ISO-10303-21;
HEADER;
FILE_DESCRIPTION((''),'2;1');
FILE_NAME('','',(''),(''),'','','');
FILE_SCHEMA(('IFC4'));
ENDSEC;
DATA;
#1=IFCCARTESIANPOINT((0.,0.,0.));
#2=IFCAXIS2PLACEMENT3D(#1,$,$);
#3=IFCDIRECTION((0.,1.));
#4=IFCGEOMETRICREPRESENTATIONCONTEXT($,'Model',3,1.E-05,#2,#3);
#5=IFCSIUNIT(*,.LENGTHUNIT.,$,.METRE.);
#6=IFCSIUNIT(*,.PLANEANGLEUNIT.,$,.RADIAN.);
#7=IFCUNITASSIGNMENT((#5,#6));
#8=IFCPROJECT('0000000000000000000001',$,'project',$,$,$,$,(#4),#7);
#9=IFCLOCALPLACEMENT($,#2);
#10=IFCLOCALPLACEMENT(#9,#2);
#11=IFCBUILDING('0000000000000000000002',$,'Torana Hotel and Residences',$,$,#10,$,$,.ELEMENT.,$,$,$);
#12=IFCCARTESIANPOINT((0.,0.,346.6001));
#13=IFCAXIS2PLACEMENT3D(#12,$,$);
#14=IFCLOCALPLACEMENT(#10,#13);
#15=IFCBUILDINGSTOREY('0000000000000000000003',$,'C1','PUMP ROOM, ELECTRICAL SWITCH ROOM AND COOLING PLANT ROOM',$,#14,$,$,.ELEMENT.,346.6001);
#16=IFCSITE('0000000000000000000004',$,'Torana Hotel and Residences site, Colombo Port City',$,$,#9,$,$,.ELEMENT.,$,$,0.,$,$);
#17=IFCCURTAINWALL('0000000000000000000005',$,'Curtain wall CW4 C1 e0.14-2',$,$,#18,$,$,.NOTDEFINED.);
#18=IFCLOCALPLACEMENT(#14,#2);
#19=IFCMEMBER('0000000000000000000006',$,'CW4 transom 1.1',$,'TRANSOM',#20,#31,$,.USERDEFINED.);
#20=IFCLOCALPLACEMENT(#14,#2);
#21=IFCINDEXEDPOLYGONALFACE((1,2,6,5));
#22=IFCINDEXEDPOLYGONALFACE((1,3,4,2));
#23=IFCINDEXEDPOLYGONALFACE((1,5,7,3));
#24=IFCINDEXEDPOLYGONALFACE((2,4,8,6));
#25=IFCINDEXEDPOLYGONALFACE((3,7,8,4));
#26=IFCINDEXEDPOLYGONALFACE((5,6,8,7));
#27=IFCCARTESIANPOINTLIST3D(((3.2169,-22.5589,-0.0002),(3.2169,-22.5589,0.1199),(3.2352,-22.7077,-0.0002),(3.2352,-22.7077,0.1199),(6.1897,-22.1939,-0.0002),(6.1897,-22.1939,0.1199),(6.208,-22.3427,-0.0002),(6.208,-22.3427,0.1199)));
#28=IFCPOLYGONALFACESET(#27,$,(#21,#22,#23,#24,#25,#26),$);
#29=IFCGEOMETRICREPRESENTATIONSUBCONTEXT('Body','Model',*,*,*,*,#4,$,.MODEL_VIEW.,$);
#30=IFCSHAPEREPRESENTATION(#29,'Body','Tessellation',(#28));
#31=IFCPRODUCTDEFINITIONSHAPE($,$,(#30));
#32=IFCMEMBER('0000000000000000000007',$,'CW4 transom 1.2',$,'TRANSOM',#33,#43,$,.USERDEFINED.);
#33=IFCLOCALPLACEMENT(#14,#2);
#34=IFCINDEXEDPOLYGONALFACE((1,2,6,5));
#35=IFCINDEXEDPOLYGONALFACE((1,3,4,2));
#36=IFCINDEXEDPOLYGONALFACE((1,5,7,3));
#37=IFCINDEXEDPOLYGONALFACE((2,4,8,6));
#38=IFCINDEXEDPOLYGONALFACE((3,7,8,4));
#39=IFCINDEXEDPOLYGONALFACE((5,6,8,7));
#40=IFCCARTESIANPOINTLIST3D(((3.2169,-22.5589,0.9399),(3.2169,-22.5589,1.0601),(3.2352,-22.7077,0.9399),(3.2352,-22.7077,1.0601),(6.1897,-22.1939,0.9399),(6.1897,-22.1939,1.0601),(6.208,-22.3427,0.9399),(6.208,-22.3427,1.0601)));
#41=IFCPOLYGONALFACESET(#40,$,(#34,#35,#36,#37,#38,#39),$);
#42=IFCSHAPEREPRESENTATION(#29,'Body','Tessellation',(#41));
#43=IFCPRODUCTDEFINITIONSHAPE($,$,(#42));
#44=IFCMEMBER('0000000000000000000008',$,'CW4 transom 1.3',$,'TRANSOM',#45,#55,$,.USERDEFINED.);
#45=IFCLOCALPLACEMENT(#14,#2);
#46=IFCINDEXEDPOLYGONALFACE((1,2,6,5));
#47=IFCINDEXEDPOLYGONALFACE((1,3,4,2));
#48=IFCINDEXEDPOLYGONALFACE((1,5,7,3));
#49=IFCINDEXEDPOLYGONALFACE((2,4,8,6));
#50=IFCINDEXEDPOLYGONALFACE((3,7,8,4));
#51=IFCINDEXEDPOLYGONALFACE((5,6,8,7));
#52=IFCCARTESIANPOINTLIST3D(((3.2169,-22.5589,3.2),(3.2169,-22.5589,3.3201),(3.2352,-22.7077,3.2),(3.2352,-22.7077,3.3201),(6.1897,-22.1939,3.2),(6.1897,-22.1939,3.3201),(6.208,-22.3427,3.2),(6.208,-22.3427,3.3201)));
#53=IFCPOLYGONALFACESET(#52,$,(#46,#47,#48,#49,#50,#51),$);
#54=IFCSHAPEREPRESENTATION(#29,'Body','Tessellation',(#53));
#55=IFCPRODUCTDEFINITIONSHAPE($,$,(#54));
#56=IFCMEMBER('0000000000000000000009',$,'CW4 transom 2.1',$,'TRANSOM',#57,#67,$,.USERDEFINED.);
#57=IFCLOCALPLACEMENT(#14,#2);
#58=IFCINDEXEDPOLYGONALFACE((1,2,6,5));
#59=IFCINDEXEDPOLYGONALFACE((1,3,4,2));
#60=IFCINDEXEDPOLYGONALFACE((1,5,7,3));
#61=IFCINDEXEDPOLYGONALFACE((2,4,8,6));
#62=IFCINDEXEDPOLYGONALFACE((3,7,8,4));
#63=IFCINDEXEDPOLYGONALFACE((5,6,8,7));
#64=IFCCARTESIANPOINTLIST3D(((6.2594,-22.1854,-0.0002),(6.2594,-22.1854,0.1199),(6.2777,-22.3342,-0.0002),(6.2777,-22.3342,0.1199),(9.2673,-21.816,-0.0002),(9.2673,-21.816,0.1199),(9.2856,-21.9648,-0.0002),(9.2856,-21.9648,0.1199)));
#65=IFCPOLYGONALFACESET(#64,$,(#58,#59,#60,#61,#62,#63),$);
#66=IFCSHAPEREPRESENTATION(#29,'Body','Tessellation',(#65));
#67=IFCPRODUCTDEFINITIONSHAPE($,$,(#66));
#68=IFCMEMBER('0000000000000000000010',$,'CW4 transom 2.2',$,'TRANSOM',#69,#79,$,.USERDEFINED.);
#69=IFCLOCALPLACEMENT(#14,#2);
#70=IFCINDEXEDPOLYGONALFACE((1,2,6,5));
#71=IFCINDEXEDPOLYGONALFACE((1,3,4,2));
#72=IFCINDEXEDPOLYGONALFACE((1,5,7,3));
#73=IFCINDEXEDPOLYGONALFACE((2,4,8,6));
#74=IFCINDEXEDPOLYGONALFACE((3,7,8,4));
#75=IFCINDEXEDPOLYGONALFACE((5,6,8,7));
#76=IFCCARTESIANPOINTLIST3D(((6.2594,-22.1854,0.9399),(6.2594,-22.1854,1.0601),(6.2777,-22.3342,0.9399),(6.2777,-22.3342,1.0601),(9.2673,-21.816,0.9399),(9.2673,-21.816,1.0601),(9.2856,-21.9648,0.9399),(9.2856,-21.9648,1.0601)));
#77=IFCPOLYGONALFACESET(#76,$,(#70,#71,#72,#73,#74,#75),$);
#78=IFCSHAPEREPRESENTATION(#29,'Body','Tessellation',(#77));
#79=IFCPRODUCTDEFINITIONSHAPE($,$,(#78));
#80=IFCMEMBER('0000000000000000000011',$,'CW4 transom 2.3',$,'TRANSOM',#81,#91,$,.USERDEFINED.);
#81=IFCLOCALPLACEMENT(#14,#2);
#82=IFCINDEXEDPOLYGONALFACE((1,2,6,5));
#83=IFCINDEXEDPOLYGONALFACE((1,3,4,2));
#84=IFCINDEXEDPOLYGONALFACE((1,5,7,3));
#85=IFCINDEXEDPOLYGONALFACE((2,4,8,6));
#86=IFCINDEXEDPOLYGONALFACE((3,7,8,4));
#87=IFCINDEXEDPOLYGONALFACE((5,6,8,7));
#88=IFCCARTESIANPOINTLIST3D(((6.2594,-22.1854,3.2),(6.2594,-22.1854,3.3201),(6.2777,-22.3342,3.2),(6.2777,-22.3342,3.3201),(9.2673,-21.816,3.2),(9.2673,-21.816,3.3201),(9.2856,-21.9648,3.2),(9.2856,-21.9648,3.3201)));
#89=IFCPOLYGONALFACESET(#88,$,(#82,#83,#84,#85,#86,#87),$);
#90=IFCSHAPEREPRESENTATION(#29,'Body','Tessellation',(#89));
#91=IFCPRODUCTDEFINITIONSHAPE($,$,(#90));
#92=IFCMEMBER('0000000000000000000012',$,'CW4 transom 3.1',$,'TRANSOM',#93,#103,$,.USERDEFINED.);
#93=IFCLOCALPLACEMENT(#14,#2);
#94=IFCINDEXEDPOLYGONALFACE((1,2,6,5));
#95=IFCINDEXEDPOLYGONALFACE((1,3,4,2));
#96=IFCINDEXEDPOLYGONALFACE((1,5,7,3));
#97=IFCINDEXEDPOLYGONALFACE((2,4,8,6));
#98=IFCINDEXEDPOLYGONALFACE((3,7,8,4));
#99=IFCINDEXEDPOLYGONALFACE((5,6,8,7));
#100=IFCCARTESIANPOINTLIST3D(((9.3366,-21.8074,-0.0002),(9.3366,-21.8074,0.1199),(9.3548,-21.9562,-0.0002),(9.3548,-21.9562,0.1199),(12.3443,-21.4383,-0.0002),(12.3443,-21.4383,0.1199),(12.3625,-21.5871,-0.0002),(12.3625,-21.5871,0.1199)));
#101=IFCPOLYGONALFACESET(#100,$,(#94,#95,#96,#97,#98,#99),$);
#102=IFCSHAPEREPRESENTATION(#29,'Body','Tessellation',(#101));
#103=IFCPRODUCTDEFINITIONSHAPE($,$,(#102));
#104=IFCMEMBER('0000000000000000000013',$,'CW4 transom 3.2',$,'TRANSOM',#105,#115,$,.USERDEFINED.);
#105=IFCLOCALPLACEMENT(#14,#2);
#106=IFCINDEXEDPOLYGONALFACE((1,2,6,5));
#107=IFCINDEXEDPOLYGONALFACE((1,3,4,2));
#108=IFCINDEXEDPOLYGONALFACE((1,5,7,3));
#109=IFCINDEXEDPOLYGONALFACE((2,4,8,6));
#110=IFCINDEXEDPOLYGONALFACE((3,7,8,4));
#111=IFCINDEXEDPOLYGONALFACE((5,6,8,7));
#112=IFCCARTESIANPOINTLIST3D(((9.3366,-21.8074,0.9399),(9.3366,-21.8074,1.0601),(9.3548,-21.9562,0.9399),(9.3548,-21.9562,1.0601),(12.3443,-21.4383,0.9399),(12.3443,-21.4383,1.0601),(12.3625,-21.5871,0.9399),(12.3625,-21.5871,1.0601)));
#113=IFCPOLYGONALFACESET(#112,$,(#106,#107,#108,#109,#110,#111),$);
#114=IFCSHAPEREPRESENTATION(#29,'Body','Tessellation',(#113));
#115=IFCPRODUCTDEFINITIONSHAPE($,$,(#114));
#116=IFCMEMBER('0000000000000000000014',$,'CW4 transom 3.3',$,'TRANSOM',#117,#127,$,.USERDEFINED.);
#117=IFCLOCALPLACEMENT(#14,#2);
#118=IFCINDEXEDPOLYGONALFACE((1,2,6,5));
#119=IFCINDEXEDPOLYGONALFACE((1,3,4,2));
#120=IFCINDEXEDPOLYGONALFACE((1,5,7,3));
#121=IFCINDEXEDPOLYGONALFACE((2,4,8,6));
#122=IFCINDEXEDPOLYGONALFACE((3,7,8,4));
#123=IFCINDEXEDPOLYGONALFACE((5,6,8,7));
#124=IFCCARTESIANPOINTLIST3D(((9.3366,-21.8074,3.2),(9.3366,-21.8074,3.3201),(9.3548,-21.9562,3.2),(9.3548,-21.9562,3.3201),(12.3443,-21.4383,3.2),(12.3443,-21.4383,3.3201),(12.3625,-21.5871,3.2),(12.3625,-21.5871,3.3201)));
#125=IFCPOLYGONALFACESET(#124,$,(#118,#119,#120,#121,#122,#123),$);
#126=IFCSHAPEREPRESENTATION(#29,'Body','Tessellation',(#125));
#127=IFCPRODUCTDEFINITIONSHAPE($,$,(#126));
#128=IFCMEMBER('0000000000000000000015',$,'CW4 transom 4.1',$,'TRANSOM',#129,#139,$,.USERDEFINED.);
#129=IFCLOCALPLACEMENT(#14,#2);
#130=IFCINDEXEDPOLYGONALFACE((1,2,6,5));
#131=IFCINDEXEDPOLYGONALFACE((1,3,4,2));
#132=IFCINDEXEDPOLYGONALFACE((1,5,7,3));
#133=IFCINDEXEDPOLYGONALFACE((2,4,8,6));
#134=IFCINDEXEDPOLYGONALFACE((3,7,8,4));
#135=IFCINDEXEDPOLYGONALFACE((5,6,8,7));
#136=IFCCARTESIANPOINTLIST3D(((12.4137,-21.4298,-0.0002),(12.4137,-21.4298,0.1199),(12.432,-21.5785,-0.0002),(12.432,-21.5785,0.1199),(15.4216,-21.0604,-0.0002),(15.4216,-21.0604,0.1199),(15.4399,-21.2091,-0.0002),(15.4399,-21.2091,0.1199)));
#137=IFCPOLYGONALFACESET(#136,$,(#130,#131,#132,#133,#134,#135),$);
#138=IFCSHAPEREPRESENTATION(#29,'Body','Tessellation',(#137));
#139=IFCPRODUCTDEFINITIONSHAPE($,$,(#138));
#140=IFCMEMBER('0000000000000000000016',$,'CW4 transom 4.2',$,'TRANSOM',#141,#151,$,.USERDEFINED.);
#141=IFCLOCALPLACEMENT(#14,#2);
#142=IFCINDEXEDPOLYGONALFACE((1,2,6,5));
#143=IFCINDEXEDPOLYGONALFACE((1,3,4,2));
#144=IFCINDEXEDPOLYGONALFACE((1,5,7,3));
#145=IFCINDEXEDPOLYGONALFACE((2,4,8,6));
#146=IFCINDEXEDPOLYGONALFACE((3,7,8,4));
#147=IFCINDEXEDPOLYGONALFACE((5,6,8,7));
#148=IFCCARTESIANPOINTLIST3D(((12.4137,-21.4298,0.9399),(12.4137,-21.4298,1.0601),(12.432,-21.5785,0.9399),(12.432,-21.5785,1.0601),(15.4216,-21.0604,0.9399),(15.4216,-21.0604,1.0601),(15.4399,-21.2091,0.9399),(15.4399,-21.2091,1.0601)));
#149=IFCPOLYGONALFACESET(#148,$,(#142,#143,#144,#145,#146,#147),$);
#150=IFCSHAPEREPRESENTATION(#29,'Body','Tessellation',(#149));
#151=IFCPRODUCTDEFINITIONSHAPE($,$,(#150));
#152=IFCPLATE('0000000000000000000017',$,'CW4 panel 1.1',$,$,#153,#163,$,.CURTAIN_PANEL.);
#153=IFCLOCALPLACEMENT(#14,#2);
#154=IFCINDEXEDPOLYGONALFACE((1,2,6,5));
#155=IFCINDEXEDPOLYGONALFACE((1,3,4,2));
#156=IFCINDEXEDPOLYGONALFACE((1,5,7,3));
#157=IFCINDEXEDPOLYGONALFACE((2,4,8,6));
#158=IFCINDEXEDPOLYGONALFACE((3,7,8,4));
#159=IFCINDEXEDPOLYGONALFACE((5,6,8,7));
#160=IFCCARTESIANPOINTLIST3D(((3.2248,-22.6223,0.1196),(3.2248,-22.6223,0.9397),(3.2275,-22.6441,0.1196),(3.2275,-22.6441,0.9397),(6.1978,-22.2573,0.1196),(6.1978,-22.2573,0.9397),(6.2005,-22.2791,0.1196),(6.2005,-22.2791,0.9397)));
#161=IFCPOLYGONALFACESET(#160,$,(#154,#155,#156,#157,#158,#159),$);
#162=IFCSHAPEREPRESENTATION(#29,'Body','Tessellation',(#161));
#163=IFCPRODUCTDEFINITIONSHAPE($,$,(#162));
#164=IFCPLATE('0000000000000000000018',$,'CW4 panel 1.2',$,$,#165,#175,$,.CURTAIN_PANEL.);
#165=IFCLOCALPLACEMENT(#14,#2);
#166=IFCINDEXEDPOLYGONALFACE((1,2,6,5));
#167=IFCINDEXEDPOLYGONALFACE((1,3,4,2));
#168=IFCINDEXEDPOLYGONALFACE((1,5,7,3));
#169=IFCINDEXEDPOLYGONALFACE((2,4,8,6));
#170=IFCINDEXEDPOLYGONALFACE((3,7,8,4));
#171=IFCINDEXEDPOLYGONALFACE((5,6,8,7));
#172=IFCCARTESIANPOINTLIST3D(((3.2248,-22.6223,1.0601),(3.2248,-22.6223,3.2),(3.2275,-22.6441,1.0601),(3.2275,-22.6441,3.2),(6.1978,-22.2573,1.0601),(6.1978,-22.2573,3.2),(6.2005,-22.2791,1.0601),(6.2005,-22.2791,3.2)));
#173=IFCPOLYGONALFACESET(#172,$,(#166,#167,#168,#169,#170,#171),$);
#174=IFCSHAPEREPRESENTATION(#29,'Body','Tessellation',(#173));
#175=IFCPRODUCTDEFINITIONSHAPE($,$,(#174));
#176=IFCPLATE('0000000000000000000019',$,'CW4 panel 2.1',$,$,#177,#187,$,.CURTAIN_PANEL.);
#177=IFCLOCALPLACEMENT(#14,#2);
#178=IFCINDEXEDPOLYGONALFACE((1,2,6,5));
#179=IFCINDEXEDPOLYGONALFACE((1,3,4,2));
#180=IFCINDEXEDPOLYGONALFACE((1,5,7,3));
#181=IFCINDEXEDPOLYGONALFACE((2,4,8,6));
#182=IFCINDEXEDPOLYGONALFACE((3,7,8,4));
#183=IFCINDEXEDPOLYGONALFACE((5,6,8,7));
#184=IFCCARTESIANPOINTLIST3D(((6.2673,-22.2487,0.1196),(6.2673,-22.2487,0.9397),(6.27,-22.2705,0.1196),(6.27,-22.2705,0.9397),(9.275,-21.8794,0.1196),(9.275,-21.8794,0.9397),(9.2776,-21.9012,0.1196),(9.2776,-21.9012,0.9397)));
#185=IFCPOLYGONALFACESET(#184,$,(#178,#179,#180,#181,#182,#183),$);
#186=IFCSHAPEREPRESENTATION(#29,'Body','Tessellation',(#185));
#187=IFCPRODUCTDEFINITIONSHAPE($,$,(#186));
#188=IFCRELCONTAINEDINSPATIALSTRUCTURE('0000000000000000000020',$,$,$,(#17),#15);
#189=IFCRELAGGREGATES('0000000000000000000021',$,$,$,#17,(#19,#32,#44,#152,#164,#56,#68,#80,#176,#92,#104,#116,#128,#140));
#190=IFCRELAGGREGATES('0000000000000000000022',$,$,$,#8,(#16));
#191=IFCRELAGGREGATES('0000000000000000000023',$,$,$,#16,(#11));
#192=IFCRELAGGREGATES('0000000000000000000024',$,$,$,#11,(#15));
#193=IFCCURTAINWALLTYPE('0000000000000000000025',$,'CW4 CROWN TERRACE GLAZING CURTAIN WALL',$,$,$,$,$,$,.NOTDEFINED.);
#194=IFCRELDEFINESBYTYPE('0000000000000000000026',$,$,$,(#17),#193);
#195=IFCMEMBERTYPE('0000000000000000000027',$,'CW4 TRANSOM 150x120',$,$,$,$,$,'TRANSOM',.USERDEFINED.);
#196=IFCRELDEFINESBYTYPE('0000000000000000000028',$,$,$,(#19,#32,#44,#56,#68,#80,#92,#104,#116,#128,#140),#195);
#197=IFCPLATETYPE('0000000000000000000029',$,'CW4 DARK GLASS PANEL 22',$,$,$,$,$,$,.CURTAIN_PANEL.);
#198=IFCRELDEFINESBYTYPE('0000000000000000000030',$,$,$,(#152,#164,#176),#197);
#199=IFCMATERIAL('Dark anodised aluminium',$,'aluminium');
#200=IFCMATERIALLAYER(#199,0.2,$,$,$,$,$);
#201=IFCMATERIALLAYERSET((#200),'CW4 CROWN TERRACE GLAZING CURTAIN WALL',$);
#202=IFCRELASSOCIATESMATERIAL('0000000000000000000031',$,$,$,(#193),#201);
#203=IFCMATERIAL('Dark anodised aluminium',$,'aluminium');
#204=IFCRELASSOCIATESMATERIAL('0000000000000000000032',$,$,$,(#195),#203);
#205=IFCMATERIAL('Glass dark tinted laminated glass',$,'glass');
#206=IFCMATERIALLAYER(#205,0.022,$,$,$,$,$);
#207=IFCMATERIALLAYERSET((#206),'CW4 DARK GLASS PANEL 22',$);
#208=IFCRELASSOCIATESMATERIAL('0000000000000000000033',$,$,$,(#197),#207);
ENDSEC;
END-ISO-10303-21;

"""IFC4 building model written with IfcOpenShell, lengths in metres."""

from ifc_helpers import new_model, si_unit, direction, frame, origin, origin_2d, place, context, subcontext, project, spatial, rectangle, extrude, material, layer, layer_set, material_profile, profile_set, type_object, element, aggregate, save


model = new_model("IFC4")

# Units and contexts
model_context = context("Model", 3, precision=1e-05, world=origin(), true_north=direction((0.0, 1.0)))
body_context = subcontext(model_context, "Body", "Model", "MODEL_VIEW")
ifc_project = project(units=[si_unit("LENGTHUNIT", "METRE"), si_unit("PLANEANGLEUNIT", "RADIAN")], contexts=[model_context])

# Site, building, storey
site_placement = place(None, origin())
site = spatial("IfcSite", under=ifc_project, at=site_placement, Name="Torana Hotel and Residences site, Colombo Port City", CompositionType="ELEMENT", RefElevation=0.0)
building_placement = place(site_placement, origin())
building = spatial("IfcBuilding", under=site, at=building_placement, Name="Torana Hotel and Residences", CompositionType="ELEMENT")
storey_placement = place(building_placement, frame((0.0, 0.0, 346.6001)))
storey = spatial("IfcBuildingStorey", under=building, at=storey_placement, Name="C1", Description="PUMP ROOM, ELECTRICAL SWITCH ROOM AND COOLING PLANT ROOM", CompositionType="ELEMENT", Elevation=346.6001)

# Shared definitions
ifc_material_1 = material(Name="Dark anodised aluminium", Category="aluminium")
ifc_layer_1 = layer(ifc_material_1, 0.2)
ifc_layer_set_1 = layer_set([ifc_layer_1], Name="CW4 CROWN TERRACE GLAZING CURTAIN WALL")
curtain_wall_type = type_object("IfcCurtainWallType", Name="CW4 CROWN TERRACE GLAZING CURTAIN WALL", PredefinedType="NOTDEFINED", material=ifc_layer_set_1)

# Curtain wall, members, plates
curtain_wall_1_placement = place(storey_placement, origin())
curtain_wall_1 = element("IfcCurtainWall", 1, at=curtain_wall_1_placement, inside=storey, type_object=curtain_wall_type, Name="Curtain wall CW4 C1 e0.14-2", PredefinedType="NOTDEFINED")
ifc_material_2 = material(Name="Dark anodised aluminium", Category="aluminium")
ifc_material_profile_1 = material_profile(ifc_material_2, rectangle(XDim=0.1499, YDim=0.1201, at=origin_2d()), Name="CW4 TRANSOM 150x120")
ifc_profile_set_1 = profile_set([ifc_material_profile_1], Name="Dark anodised aluminium")
member_type_1 = type_object("IfcMemberType", Name="CW4 TRANSOM 150x120", ElementType="TRANSOM", PredefinedType="USERDEFINED", material=ifc_profile_set_1)
member_1_placement = place(storey_placement, frame((3.2261, -22.6333, 0.0598), z_axis=(0.992548, 0.121857, 0.0), x_axis=(-0.121857, 0.992548, 0.0)))
member_1 = element("IfcMember", 2, at=member_1_placement, type_object=member_type_1, Name="CW4 transom 1.1", ObjectType="TRANSOM", PredefinedType="USERDEFINED", context=body_context, shape_type="SweptSolid", body=[
    extrude(rectangle(XDim=0.1499, YDim=0.1201, at=origin_2d()), origin(), (0.0, 0.0, 1.0), 2.9951),
])
member_2_placement = place(storey_placement, frame((3.2261, -22.6333, 1.0), z_axis=(0.992548, 0.121857, 0.0), x_axis=(-0.121857, 0.992548, 0.0)))
member_2 = element("IfcMember", 3, at=member_2_placement, type_object=member_type_1, Name="CW4 transom 1.2", ObjectType="TRANSOM", PredefinedType="USERDEFINED", context=body_context, shape_type="SweptSolid", body=[
    extrude(rectangle(XDim=0.1499, YDim=0.1201, at=origin_2d()), origin(), (0.0, 0.0, 1.0), 2.9951),
])
member_3_placement = place(storey_placement, frame((3.2261, -22.6333, 3.26), z_axis=(0.992548, 0.121857, 0.0), x_axis=(-0.121857, 0.992548, 0.0)))
member_3 = element("IfcMember", 4, at=member_3_placement, type_object=member_type_1, Name="CW4 transom 1.3", ObjectType="TRANSOM", PredefinedType="USERDEFINED", context=body_context, shape_type="SweptSolid", body=[
    extrude(rectangle(XDim=0.1499, YDim=0.1201, at=origin_2d()), origin(), (0.0, 0.0, 1.0), 2.9951),
])
member_4_placement = place(storey_placement, frame((6.2686, -22.2598, 0.0598), z_axis=(0.992543, 0.121893, 0.0), x_axis=(-0.121893, 0.992543, 0.0)))
member_4 = element("IfcMember", 5, at=member_4_placement, type_object=member_type_1, Name="CW4 transom 2.1", ObjectType="TRANSOM", PredefinedType="USERDEFINED", context=body_context, shape_type="SweptSolid", body=[
    extrude(rectangle(XDim=0.1499, YDim=0.1201, at=origin_2d()), origin(), (0.0, 0.0, 1.0), 3.0305),
])
member_5_placement = place(storey_placement, frame((6.2686, -22.2598, 1.0), z_axis=(0.992543, 0.121893, 0.0), x_axis=(-0.121893, 0.992543, 0.0)))
member_5 = element("IfcMember", 6, at=member_5_placement, type_object=member_type_1, Name="CW4 transom 2.2", ObjectType="TRANSOM", PredefinedType="USERDEFINED", context=body_context, shape_type="SweptSolid", body=[
    extrude(rectangle(XDim=0.1499, YDim=0.1201, at=origin_2d()), origin(), (0.0, 0.0, 1.0), 3.0305),
])
member_6_placement = place(storey_placement, frame((6.2686, -22.2598, 3.26), z_axis=(0.992543, 0.121893, 0.0), x_axis=(-0.121893, 0.992543, 0.0)))
member_6 = element("IfcMember", 7, at=member_6_placement, type_object=member_type_1, Name="CW4 transom 2.3", ObjectType="TRANSOM", PredefinedType="USERDEFINED", context=body_context, shape_type="SweptSolid", body=[
    extrude(rectangle(XDim=0.1499, YDim=0.1201, at=origin_2d()), origin(), (0.0, 0.0, 1.0), 3.0305),
])
member_7_placement = place(storey_placement, frame((9.3457, -21.8818, 0.0598), z_axis=(0.992553, 0.121813, 0.0), x_axis=(-0.121813, 0.992553, 0.0)))
member_7 = element("IfcMember", 8, at=member_7_placement, type_object=member_type_1, Name="CW4 transom 3.1", ObjectType="TRANSOM", PredefinedType="USERDEFINED", context=body_context, shape_type="SweptSolid", body=[
    extrude(rectangle(XDim=0.1499, YDim=0.1201, at=origin_2d()), origin(), (0.0, 0.0, 1.0), 3.0303),
])
member_8_placement = place(storey_placement, frame((9.3457, -21.8818, 1.0), z_axis=(0.992553, 0.121813, 0.0), x_axis=(-0.121813, 0.992553, 0.0)))
member_8 = element("IfcMember", 9, at=member_8_placement, type_object=member_type_1, Name="CW4 transom 3.2", ObjectType="TRANSOM", PredefinedType="USERDEFINED", context=body_context, shape_type="SweptSolid", body=[
    extrude(rectangle(XDim=0.1499, YDim=0.1201, at=origin_2d()), origin(), (0.0, 0.0, 1.0), 3.0303),
])
member_9_placement = place(storey_placement, frame((9.3457, -21.8818, 3.26), z_axis=(0.992553, 0.121813, 0.0), x_axis=(-0.121813, 0.992553, 0.0)))
member_9 = element("IfcMember", 10, at=member_9_placement, type_object=member_type_1, Name="CW4 transom 3.3", ObjectType="TRANSOM", PredefinedType="USERDEFINED", context=body_context, shape_type="SweptSolid", body=[
    extrude(rectangle(XDim=0.1499, YDim=0.1201, at=origin_2d()), origin(), (0.0, 0.0, 1.0), 3.0303),
])
member_10_placement = place(storey_placement, frame((12.4229, -21.5042, 0.0598), z_axis=(0.992543, 0.121893, 0.0), x_axis=(-0.121893, 0.992543, 0.0)))
member_10 = element("IfcMember", 11, at=member_10_placement, type_object=member_type_1, Name="CW4 transom 4.1", ObjectType="TRANSOM", PredefinedType="USERDEFINED", context=body_context, shape_type="SweptSolid", body=[
    extrude(rectangle(XDim=0.1499, YDim=0.1201, at=origin_2d()), origin(), (0.0, 0.0, 1.0), 3.0305),
])
member_11_placement = place(storey_placement, frame((12.4229, -21.5042, 1.0), z_axis=(0.992543, 0.121893, 0.0), x_axis=(-0.121893, 0.992543, 0.0)))
member_11 = element("IfcMember", 12, at=member_11_placement, type_object=member_type_1, Name="CW4 transom 4.2", ObjectType="TRANSOM", PredefinedType="USERDEFINED", context=body_context, shape_type="SweptSolid", body=[
    extrude(rectangle(XDim=0.1499, YDim=0.1201, at=origin_2d()), origin(), (0.0, 0.0, 1.0), 3.0305),
])
ifc_material_3 = material(Name="Glass dark tinted laminated glass", Category="glass")
ifc_layer_2 = layer(ifc_material_3, 0.022)
ifc_layer_set_2 = layer_set([ifc_layer_2], Name="CW4 DARK GLASS PANEL 22")
plate_type = type_object("IfcPlateType", Name="CW4 DARK GLASS PANEL 22", PredefinedType="CURTAIN_PANEL", material=ifc_layer_set_2)
plate_1_placement = place(storey_placement, frame((4.7126, -22.4507, 0.1196), z_axis=(0.0, 0.0, 1.0), x_axis=(0.992547, 0.121865, 0.0)))
plate_1 = element("IfcPlate", 13, at=plate_1_placement, type_object=plate_type, Name="CW4 panel 1.1", PredefinedType="CURTAIN_PANEL", context=body_context, shape_type="SweptSolid", body=[
    extrude(rectangle(XDim=2.9954, YDim=0.022, at=origin_2d()), origin(), (0.0, 0.0, 1.0), 0.8201),
])
plate_2_placement = place(storey_placement, frame((4.7126, -22.4507, 1.0601), z_axis=(0.0, 0.0, 1.0), x_axis=(0.992547, 0.121865, 0.0)))
plate_2 = element("IfcPlate", 14, at=plate_2_placement, type_object=plate_type, Name="CW4 panel 1.2", PredefinedType="CURTAIN_PANEL", context=body_context, shape_type="SweptSolid", body=[
    extrude(rectangle(XDim=2.9954, YDim=0.022, at=origin_2d()), origin(), (0.0, 0.0, 1.0), 2.1399),
])
plate_3_placement = place(storey_placement, frame((7.7725, -22.075, 0.1196), z_axis=(0.0, 0.0, 1.0), x_axis=(0.992547, 0.121865, 0.0)))
plate_3 = element("IfcPlate", 15, at=plate_3_placement, type_object=plate_type, Name="CW4 panel 2.1", PredefinedType="CURTAIN_PANEL", context=body_context, shape_type="SweptSolid", body=[
    extrude(rectangle(XDim=3.0303, YDim=0.022, at=origin_2d()), origin(), (0.0, 0.0, 1.0), 0.8201),
])
aggregate(curtain_wall_1, [member_1, member_2, member_3, plate_1, plate_2, member_4, member_5, member_6, plate_3, member_7, member_8, member_9, member_10, member_11])

save(model, "model.ifc")
